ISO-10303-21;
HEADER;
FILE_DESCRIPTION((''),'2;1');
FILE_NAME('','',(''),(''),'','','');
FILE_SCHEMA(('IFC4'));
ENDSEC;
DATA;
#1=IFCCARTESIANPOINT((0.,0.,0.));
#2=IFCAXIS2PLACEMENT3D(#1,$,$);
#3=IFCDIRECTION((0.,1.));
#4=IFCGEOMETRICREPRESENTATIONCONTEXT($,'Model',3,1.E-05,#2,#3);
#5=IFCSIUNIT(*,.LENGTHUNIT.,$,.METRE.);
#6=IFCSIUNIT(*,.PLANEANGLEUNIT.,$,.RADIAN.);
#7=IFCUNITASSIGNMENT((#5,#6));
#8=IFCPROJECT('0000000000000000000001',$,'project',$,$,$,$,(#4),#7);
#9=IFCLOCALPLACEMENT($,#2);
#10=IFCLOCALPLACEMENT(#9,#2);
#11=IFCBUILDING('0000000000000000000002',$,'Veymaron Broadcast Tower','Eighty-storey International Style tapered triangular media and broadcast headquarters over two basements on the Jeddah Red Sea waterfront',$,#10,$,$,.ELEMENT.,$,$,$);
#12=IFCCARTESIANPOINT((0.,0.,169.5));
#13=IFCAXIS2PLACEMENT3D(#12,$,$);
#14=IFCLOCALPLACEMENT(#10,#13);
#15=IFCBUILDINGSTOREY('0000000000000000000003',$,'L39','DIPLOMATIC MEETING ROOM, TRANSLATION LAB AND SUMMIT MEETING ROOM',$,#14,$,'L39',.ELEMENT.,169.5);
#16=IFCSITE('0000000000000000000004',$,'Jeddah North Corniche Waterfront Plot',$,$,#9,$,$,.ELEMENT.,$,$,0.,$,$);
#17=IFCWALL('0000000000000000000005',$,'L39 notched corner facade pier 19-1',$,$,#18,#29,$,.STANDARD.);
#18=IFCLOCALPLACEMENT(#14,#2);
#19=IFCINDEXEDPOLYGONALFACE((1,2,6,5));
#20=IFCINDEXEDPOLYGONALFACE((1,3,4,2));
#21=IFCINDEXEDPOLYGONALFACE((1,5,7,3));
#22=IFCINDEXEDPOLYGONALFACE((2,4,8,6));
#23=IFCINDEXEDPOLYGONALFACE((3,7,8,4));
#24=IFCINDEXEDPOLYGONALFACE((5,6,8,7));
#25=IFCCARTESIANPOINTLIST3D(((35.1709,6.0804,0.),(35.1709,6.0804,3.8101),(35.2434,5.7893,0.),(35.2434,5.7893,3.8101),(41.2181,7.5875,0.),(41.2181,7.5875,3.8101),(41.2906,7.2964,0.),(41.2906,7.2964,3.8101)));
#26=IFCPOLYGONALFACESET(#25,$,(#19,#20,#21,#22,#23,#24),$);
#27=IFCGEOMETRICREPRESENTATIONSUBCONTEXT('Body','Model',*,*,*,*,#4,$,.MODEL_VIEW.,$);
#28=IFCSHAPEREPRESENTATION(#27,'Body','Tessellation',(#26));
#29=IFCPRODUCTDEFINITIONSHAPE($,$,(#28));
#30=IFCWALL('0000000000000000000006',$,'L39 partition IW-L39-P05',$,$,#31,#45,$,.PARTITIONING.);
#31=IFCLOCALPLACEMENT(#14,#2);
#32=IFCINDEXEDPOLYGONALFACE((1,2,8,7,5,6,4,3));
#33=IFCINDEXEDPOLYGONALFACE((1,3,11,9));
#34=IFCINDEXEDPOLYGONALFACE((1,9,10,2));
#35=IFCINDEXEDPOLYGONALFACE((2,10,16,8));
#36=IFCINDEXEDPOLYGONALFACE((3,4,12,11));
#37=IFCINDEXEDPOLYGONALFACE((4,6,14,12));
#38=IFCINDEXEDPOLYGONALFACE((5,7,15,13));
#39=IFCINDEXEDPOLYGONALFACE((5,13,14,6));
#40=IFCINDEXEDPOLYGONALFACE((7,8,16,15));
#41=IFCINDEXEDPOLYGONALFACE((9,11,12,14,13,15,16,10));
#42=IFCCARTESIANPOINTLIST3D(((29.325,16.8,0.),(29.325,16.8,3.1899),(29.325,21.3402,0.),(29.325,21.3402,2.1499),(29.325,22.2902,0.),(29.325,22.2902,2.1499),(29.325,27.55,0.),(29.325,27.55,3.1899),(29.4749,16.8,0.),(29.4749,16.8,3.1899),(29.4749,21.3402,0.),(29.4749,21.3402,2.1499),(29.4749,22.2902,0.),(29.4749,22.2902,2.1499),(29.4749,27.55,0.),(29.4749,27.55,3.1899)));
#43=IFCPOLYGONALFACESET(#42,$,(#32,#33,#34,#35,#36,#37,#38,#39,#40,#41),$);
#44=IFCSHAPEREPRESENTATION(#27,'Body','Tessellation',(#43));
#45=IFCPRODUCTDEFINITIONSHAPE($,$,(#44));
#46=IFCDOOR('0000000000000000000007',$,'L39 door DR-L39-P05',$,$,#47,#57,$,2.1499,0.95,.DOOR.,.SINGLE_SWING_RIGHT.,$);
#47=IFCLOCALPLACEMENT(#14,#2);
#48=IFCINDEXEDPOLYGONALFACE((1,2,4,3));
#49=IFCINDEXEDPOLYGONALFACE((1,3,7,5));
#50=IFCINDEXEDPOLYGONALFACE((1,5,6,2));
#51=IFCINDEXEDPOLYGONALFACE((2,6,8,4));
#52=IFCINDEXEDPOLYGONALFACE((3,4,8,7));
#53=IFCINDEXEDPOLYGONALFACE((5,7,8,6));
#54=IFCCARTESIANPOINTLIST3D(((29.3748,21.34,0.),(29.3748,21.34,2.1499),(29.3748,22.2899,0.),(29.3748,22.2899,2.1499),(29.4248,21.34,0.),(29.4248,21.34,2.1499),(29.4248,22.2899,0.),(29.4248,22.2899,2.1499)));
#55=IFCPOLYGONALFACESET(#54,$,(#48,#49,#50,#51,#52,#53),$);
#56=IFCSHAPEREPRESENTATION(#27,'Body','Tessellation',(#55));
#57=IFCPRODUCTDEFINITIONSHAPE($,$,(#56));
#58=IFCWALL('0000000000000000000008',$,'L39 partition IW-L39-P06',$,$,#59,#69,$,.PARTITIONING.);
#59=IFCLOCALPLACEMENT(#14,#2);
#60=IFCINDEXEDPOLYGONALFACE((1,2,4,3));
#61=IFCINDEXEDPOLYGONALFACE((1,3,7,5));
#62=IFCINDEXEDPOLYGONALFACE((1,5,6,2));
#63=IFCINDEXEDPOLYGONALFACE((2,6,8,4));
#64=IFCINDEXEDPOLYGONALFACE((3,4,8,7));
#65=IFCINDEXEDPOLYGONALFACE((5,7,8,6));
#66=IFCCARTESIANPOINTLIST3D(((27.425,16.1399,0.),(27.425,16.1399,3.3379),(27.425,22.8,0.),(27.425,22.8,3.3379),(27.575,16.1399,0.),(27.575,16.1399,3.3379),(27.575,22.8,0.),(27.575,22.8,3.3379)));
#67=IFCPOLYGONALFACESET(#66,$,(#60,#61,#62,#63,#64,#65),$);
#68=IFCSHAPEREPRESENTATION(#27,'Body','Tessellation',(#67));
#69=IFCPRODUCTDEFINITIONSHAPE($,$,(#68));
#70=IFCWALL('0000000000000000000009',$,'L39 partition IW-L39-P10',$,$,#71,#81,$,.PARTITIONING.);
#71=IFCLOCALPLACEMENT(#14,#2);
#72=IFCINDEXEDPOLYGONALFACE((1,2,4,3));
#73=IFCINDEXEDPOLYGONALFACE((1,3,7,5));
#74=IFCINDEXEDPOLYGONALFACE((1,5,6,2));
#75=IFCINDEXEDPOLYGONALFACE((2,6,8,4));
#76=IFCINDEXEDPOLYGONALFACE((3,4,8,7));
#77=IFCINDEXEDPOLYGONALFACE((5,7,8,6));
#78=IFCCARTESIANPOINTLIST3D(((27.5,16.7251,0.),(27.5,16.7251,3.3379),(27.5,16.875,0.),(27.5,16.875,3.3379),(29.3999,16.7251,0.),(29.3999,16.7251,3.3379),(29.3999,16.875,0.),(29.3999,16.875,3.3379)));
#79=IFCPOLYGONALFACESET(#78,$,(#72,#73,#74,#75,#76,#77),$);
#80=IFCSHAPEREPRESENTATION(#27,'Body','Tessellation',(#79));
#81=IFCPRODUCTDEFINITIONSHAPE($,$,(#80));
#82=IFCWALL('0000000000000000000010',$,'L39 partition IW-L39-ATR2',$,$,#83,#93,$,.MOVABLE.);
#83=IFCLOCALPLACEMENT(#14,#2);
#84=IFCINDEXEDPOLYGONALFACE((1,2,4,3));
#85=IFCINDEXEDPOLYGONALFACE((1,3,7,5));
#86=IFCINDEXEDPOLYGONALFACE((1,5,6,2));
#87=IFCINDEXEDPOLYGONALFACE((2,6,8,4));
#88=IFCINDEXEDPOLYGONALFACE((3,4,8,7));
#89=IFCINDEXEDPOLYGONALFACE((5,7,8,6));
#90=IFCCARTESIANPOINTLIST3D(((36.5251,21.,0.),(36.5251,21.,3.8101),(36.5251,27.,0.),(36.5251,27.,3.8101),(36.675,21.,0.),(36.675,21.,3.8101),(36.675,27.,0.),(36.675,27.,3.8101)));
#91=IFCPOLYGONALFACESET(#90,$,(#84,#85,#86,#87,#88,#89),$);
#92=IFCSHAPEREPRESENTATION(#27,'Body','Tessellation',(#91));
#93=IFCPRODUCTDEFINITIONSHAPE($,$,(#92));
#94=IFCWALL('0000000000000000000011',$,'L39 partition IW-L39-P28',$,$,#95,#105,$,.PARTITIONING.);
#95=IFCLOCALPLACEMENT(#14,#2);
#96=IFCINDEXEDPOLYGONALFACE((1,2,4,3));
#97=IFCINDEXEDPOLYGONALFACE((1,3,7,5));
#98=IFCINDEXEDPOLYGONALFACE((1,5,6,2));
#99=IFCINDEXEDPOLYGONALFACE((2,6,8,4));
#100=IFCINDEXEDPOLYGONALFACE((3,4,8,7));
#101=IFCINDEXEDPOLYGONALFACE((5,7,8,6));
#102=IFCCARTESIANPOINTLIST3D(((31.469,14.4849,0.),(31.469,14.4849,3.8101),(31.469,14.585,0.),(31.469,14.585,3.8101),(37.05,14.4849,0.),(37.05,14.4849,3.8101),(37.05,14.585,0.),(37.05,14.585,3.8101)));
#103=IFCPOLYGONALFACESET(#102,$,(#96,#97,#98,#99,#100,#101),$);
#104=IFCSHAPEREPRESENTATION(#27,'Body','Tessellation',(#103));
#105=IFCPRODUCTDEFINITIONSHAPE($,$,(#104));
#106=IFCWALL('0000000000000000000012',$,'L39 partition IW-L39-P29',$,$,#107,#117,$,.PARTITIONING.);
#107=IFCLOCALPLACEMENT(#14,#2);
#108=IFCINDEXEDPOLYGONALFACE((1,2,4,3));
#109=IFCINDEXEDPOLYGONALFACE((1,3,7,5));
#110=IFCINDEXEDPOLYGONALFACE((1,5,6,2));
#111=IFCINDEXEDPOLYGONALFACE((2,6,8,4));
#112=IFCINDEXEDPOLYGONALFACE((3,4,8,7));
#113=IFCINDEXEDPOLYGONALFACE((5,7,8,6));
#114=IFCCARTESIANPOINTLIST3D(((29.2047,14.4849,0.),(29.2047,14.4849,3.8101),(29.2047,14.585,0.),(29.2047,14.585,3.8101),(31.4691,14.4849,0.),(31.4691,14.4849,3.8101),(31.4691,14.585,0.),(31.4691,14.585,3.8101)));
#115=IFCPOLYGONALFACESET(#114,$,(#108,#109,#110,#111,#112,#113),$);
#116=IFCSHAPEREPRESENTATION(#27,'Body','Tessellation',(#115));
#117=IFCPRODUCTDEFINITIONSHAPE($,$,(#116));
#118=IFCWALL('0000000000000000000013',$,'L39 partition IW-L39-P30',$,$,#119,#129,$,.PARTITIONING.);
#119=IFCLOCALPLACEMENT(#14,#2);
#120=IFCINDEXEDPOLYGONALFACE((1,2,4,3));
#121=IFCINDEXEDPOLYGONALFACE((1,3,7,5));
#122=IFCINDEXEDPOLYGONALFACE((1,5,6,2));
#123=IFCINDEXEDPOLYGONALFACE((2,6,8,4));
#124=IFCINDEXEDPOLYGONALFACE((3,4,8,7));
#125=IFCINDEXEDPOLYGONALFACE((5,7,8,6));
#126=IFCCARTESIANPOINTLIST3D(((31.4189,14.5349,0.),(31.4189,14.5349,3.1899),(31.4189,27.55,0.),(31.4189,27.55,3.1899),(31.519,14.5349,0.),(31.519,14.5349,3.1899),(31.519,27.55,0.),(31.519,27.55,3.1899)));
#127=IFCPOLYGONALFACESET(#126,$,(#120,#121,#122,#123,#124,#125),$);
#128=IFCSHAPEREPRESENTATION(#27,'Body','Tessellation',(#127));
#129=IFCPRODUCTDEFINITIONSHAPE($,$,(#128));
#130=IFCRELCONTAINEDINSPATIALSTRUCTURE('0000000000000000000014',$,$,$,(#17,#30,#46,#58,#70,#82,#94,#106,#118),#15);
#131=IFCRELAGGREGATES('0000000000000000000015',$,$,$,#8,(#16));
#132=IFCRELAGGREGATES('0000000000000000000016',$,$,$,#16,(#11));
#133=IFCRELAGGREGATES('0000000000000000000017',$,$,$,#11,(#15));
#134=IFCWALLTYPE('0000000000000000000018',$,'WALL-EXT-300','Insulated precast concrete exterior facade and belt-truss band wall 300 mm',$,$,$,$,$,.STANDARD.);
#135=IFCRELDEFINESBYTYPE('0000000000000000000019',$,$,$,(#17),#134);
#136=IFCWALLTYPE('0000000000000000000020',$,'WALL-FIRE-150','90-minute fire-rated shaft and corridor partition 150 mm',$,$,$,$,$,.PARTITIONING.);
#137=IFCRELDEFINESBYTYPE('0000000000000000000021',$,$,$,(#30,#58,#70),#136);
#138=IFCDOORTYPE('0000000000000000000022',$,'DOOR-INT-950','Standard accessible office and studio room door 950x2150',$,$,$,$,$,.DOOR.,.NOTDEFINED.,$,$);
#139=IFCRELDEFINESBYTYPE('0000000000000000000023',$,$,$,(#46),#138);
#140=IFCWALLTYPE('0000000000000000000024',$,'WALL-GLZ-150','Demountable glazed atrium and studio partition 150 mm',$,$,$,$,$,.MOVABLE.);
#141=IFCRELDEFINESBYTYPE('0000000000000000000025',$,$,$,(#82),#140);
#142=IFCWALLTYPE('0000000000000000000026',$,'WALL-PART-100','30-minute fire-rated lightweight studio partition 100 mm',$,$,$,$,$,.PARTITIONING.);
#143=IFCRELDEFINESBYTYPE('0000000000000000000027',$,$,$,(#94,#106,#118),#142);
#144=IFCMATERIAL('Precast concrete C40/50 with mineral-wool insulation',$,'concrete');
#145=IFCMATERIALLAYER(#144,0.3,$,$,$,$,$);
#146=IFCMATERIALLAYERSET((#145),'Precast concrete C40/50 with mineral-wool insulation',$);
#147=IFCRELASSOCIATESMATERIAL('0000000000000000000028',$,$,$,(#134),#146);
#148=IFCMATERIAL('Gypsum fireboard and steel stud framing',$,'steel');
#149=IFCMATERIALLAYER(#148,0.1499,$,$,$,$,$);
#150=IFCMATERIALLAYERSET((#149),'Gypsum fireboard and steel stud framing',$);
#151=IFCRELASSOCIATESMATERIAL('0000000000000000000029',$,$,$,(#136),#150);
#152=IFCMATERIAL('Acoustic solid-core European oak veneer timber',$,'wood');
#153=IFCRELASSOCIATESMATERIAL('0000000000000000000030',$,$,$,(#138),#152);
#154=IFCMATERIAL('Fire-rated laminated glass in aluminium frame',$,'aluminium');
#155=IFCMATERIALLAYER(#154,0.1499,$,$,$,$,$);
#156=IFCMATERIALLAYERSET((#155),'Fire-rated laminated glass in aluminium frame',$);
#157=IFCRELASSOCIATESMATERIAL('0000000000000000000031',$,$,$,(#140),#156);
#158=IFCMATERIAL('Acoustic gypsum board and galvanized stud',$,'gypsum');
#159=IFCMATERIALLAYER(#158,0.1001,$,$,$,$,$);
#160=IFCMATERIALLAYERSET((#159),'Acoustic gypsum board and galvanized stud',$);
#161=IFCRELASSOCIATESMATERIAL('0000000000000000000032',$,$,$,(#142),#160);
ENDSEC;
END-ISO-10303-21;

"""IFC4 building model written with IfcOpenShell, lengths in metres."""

from ifc_helpers import new_model, si_unit, direction, frame, frame_2d, origin, place, context, subcontext, project, spatial, rectangle, extrude, material, layer, layer_set, type_object, element, fill, save


model = new_model("IFC4")

# Units and contexts
model_context = context("Model", 3, precision=1e-05, world=origin(), true_north=direction((0.0, 1.0)))
body_context = subcontext(model_context, "Body", "Model", "MODEL_VIEW")
ifc_project = project(units=[si_unit("LENGTHUNIT", "METRE"), si_unit("PLANEANGLEUNIT", "RADIAN")], contexts=[model_context])

# Site, building, storey
site_placement = place(None, origin())
site = spatial("IfcSite", under=ifc_project, at=site_placement, Name="Jeddah North Corniche Waterfront Plot", CompositionType="ELEMENT", RefElevation=0.0)
building_placement = place(site_placement, origin())
building = spatial("IfcBuilding", under=site, at=building_placement, Name="Veymaron Broadcast Tower", Description="Eighty-storey International Style tapered triangular media and broadcast headquarters over two basements on the Jeddah Red Sea waterfront", CompositionType="ELEMENT")
storey_placement = place(building_placement, frame((0.0, 0.0, 169.5)))
storey = spatial("IfcBuildingStorey", under=building, at=storey_placement, Name="L39", Description="DIPLOMATIC MEETING ROOM, TRANSLATION LAB AND SUMMIT MEETING ROOM", LongName="L39", CompositionType="ELEMENT", Elevation=169.5)

# Wall
ifc_material_1 = material(Name="Precast concrete C40/50 with mineral-wool insulation", Category="concrete")
ifc_layer_1 = layer(ifc_material_1, 0.3)
ifc_layer_set_1 = layer_set([ifc_layer_1], Name="Precast concrete C40/50 with mineral-wool insulation")
wall_type_1 = type_object("IfcWallType", Name="WALL-EXT-300", Description="Insulated precast concrete exterior facade and belt-truss band wall 300 mm", PredefinedType="STANDARD", material=ifc_layer_set_1)
wall_1_placement = place(storey_placement, frame((35.207, 5.9348, 0.0), z_axis=(0.0, 0.0, 1.0), x_axis=(0.97032, 0.241826, 0.0)))
element("IfcWall", 1, at=wall_1_placement, inside=storey, type_object=wall_type_1, Name="L39 notched corner facade pier 19-1", PredefinedType="STANDARD", context=body_context, shape_type="SweptSolid", body=[
    extrude(rectangle(XDim=6.2322, YDim=0.3, at=frame_2d((3.1162, 0.0))), origin(), (0.0, 0.0, 1.0), 3.8101),
])

# Wall, opening, door
ifc_material_2 = material(Name="Gypsum fireboard and steel stud framing", Category="steel")
ifc_layer_2 = layer(ifc_material_2, 0.1499)
ifc_layer_set_2 = layer_set([ifc_layer_2], Name="Gypsum fireboard and steel stud framing")
wall_type_2 = type_object("IfcWallType", Name="WALL-FIRE-150", Description="90-minute fire-rated shaft and corridor partition 150 mm", PredefinedType="PARTITIONING", material=ifc_layer_set_2)
wall_2_placement = place(storey_placement, frame((29.3999, 16.8, 0.0), z_axis=(0.0, 0.0, 1.0), x_axis=(0.0, 1.0, 0.0)))
wall_2 = element("IfcWall", 2, at=wall_2_placement, inside=storey, type_object=wall_type_2, Name="L39 partition IW-L39-P05", PredefinedType="PARTITIONING", context=body_context, shape_type="SweptSolid", body=[
    extrude(rectangle(XDim=10.75, YDim=0.1499, at=frame_2d((5.375, 0.0))), origin(), (0.0, 0.0, 1.0), 3.1899),
])
opening_placement = place(wall_2_placement, frame((4.54, 0.0, 0.0)))
opening = element("IfcOpeningElement", 3, at=opening_placement, cuts=wall_2, PredefinedType="OPENING", context=body_context, shape_type="SweptSolid", body=[
    extrude(rectangle(XDim=0.95, YDim=2.1499, at=frame_2d((0.4751, 1.075))), frame((0.0, 0.085, 0.0), z_axis=(0.0, -1.0, 0.0), x_axis=(1.0, 0.0, 0.0)), (0.0, 0.0, 1.0), 0.1699),
])
ifc_material_3 = material(Name="Acoustic solid-core European oak veneer timber", Category="wood")
door_type = type_object("IfcDoorType", Name="DOOR-INT-950", Description="Standard accessible office and studio room door 950x2150", OperationType="NOTDEFINED", PredefinedType="DOOR", material=ifc_material_3)
door_placement = place(opening_placement, frame((0.95, 0.0, 0.0), z_axis=(0.0, 0.0, 1.0), x_axis=(-1.0, 0.0, 0.0)))
door = element("IfcDoor", 4, at=door_placement, inside=storey, type_object=door_type, Name="L39 door DR-L39-P05", OperationType="SINGLE_SWING_RIGHT", OverallHeight=2.1499, OverallWidth=0.95, PredefinedType="DOOR", context=body_context, shape_type="SweptSolid", body=[
    extrude(rectangle(XDim=0.95, YDim=2.1499, at=frame_2d((0.4751, 1.075))), frame((0.0, 0.0249, 0.0), z_axis=(0.0, -1.0, 0.0), x_axis=(1.0, 0.0, 0.0)), (0.0, 0.0, 1.0), 0.05),
])
fill(opening, door)

# Walls
wall_3_placement = place(storey_placement, frame((27.5, 16.1399, 0.0), z_axis=(0.0, 0.0, 1.0), x_axis=(0.0, 1.0, 0.0)))
element("IfcWall", 5, at=wall_3_placement, inside=storey, type_object=wall_type_2, Name="L39 partition IW-L39-P06", PredefinedType="PARTITIONING", context=body_context, shape_type="SweptSolid", body=[
    extrude(rectangle(XDim=6.6602, YDim=0.1499, at=frame_2d((3.3301, 0.0))), origin(), (0.0, 0.0, 1.0), 3.3379),
])
wall_4_placement = place(storey_placement, frame((27.5, 16.8, 0.0), z_axis=(0.0, 0.0, 1.0), x_axis=(1.0, 0.0, 0.0)))
element("IfcWall", 6, at=wall_4_placement, inside=storey, type_object=wall_type_2, Name="L39 partition IW-L39-P10", PredefinedType="PARTITIONING", context=body_context, shape_type="SweptSolid", body=[
    extrude(rectangle(XDim=1.8999, YDim=0.1499, at=frame_2d((0.95, 0.0))), origin(), (0.0, 0.0, 1.0), 3.3379),
])
ifc_material_4 = material(Name="Fire-rated laminated glass in aluminium frame", Category="aluminium")
ifc_layer_3 = layer(ifc_material_4, 0.1499)
ifc_layer_set_3 = layer_set([ifc_layer_3], Name="Fire-rated laminated glass in aluminium frame")
wall_type_3 = type_object("IfcWallType", Name="WALL-GLZ-150", Description="Demountable glazed atrium and studio partition 150 mm", PredefinedType="MOVABLE", material=ifc_layer_set_3)
wall_5_placement = place(storey_placement, frame((36.6001, 21.0, 0.0), z_axis=(0.0, 0.0, 1.0), x_axis=(0.0, 1.0, 0.0)))
element("IfcWall", 7, at=wall_5_placement, inside=storey, type_object=wall_type_3, Name="L39 partition IW-L39-ATR2", PredefinedType="MOVABLE", context=body_context, shape_type="SweptSolid", body=[
    extrude(rectangle(XDim=6.0, YDim=0.1499, at=frame_2d((3.0, 0.0))), origin(), (0.0, 0.0, 1.0), 3.8101),
])
ifc_material_5 = material(Name="Acoustic gypsum board and galvanized stud", Category="gypsum")
ifc_layer_4 = layer(ifc_material_5, 0.1001)
ifc_layer_set_4 = layer_set([ifc_layer_4], Name="Acoustic gypsum board and galvanized stud")
wall_type_4 = type_object("IfcWallType", Name="WALL-PART-100", Description="30-minute fire-rated lightweight studio partition 100 mm", PredefinedType="PARTITIONING", material=ifc_layer_set_4)
wall_6_placement = place(storey_placement, frame((31.469, 14.5349, 0.0), z_axis=(0.0, 0.0, 1.0), x_axis=(1.0, 0.0, 0.0)))
element("IfcWall", 8, at=wall_6_placement, inside=storey, type_object=wall_type_4, Name="L39 partition IW-L39-P28", PredefinedType="PARTITIONING", context=body_context, shape_type="SweptSolid", body=[
    extrude(rectangle(XDim=5.5811, YDim=0.1001, at=frame_2d((2.7905, 0.0))), origin(), (0.0, 0.0, 1.0), 3.8101),
])
wall_7_placement = place(storey_placement, frame((29.2046, 14.5349, 0.0), z_axis=(0.0, 0.0, 1.0), x_axis=(1.0, 0.0, 0.0)))
element("IfcWall", 9, at=wall_7_placement, inside=storey, type_object=wall_type_4, Name="L39 partition IW-L39-P29", PredefinedType="PARTITIONING", context=body_context, shape_type="SweptSolid", body=[
    extrude(rectangle(XDim=2.2644, YDim=0.1001, at=frame_2d((1.1323, 0.0))), origin(), (0.0, 0.0, 1.0), 3.8101),
])
wall_8_placement = place(storey_placement, frame((31.469, 14.5349, 0.0), z_axis=(0.0, 0.0, 1.0), x_axis=(0.0, 1.0, 0.0)))
element("IfcWall", 10, at=wall_8_placement, inside=storey, type_object=wall_type_4, Name="L39 partition IW-L39-P30", PredefinedType="PARTITIONING", context=body_context, shape_type="SweptSolid", body=[
    extrude(rectangle(XDim=13.0151, YDim=0.1001, at=frame_2d((6.5076, 0.0))), origin(), (0.0, 0.0, 1.0), 3.1899),
])

save(model, "model.ifc")
